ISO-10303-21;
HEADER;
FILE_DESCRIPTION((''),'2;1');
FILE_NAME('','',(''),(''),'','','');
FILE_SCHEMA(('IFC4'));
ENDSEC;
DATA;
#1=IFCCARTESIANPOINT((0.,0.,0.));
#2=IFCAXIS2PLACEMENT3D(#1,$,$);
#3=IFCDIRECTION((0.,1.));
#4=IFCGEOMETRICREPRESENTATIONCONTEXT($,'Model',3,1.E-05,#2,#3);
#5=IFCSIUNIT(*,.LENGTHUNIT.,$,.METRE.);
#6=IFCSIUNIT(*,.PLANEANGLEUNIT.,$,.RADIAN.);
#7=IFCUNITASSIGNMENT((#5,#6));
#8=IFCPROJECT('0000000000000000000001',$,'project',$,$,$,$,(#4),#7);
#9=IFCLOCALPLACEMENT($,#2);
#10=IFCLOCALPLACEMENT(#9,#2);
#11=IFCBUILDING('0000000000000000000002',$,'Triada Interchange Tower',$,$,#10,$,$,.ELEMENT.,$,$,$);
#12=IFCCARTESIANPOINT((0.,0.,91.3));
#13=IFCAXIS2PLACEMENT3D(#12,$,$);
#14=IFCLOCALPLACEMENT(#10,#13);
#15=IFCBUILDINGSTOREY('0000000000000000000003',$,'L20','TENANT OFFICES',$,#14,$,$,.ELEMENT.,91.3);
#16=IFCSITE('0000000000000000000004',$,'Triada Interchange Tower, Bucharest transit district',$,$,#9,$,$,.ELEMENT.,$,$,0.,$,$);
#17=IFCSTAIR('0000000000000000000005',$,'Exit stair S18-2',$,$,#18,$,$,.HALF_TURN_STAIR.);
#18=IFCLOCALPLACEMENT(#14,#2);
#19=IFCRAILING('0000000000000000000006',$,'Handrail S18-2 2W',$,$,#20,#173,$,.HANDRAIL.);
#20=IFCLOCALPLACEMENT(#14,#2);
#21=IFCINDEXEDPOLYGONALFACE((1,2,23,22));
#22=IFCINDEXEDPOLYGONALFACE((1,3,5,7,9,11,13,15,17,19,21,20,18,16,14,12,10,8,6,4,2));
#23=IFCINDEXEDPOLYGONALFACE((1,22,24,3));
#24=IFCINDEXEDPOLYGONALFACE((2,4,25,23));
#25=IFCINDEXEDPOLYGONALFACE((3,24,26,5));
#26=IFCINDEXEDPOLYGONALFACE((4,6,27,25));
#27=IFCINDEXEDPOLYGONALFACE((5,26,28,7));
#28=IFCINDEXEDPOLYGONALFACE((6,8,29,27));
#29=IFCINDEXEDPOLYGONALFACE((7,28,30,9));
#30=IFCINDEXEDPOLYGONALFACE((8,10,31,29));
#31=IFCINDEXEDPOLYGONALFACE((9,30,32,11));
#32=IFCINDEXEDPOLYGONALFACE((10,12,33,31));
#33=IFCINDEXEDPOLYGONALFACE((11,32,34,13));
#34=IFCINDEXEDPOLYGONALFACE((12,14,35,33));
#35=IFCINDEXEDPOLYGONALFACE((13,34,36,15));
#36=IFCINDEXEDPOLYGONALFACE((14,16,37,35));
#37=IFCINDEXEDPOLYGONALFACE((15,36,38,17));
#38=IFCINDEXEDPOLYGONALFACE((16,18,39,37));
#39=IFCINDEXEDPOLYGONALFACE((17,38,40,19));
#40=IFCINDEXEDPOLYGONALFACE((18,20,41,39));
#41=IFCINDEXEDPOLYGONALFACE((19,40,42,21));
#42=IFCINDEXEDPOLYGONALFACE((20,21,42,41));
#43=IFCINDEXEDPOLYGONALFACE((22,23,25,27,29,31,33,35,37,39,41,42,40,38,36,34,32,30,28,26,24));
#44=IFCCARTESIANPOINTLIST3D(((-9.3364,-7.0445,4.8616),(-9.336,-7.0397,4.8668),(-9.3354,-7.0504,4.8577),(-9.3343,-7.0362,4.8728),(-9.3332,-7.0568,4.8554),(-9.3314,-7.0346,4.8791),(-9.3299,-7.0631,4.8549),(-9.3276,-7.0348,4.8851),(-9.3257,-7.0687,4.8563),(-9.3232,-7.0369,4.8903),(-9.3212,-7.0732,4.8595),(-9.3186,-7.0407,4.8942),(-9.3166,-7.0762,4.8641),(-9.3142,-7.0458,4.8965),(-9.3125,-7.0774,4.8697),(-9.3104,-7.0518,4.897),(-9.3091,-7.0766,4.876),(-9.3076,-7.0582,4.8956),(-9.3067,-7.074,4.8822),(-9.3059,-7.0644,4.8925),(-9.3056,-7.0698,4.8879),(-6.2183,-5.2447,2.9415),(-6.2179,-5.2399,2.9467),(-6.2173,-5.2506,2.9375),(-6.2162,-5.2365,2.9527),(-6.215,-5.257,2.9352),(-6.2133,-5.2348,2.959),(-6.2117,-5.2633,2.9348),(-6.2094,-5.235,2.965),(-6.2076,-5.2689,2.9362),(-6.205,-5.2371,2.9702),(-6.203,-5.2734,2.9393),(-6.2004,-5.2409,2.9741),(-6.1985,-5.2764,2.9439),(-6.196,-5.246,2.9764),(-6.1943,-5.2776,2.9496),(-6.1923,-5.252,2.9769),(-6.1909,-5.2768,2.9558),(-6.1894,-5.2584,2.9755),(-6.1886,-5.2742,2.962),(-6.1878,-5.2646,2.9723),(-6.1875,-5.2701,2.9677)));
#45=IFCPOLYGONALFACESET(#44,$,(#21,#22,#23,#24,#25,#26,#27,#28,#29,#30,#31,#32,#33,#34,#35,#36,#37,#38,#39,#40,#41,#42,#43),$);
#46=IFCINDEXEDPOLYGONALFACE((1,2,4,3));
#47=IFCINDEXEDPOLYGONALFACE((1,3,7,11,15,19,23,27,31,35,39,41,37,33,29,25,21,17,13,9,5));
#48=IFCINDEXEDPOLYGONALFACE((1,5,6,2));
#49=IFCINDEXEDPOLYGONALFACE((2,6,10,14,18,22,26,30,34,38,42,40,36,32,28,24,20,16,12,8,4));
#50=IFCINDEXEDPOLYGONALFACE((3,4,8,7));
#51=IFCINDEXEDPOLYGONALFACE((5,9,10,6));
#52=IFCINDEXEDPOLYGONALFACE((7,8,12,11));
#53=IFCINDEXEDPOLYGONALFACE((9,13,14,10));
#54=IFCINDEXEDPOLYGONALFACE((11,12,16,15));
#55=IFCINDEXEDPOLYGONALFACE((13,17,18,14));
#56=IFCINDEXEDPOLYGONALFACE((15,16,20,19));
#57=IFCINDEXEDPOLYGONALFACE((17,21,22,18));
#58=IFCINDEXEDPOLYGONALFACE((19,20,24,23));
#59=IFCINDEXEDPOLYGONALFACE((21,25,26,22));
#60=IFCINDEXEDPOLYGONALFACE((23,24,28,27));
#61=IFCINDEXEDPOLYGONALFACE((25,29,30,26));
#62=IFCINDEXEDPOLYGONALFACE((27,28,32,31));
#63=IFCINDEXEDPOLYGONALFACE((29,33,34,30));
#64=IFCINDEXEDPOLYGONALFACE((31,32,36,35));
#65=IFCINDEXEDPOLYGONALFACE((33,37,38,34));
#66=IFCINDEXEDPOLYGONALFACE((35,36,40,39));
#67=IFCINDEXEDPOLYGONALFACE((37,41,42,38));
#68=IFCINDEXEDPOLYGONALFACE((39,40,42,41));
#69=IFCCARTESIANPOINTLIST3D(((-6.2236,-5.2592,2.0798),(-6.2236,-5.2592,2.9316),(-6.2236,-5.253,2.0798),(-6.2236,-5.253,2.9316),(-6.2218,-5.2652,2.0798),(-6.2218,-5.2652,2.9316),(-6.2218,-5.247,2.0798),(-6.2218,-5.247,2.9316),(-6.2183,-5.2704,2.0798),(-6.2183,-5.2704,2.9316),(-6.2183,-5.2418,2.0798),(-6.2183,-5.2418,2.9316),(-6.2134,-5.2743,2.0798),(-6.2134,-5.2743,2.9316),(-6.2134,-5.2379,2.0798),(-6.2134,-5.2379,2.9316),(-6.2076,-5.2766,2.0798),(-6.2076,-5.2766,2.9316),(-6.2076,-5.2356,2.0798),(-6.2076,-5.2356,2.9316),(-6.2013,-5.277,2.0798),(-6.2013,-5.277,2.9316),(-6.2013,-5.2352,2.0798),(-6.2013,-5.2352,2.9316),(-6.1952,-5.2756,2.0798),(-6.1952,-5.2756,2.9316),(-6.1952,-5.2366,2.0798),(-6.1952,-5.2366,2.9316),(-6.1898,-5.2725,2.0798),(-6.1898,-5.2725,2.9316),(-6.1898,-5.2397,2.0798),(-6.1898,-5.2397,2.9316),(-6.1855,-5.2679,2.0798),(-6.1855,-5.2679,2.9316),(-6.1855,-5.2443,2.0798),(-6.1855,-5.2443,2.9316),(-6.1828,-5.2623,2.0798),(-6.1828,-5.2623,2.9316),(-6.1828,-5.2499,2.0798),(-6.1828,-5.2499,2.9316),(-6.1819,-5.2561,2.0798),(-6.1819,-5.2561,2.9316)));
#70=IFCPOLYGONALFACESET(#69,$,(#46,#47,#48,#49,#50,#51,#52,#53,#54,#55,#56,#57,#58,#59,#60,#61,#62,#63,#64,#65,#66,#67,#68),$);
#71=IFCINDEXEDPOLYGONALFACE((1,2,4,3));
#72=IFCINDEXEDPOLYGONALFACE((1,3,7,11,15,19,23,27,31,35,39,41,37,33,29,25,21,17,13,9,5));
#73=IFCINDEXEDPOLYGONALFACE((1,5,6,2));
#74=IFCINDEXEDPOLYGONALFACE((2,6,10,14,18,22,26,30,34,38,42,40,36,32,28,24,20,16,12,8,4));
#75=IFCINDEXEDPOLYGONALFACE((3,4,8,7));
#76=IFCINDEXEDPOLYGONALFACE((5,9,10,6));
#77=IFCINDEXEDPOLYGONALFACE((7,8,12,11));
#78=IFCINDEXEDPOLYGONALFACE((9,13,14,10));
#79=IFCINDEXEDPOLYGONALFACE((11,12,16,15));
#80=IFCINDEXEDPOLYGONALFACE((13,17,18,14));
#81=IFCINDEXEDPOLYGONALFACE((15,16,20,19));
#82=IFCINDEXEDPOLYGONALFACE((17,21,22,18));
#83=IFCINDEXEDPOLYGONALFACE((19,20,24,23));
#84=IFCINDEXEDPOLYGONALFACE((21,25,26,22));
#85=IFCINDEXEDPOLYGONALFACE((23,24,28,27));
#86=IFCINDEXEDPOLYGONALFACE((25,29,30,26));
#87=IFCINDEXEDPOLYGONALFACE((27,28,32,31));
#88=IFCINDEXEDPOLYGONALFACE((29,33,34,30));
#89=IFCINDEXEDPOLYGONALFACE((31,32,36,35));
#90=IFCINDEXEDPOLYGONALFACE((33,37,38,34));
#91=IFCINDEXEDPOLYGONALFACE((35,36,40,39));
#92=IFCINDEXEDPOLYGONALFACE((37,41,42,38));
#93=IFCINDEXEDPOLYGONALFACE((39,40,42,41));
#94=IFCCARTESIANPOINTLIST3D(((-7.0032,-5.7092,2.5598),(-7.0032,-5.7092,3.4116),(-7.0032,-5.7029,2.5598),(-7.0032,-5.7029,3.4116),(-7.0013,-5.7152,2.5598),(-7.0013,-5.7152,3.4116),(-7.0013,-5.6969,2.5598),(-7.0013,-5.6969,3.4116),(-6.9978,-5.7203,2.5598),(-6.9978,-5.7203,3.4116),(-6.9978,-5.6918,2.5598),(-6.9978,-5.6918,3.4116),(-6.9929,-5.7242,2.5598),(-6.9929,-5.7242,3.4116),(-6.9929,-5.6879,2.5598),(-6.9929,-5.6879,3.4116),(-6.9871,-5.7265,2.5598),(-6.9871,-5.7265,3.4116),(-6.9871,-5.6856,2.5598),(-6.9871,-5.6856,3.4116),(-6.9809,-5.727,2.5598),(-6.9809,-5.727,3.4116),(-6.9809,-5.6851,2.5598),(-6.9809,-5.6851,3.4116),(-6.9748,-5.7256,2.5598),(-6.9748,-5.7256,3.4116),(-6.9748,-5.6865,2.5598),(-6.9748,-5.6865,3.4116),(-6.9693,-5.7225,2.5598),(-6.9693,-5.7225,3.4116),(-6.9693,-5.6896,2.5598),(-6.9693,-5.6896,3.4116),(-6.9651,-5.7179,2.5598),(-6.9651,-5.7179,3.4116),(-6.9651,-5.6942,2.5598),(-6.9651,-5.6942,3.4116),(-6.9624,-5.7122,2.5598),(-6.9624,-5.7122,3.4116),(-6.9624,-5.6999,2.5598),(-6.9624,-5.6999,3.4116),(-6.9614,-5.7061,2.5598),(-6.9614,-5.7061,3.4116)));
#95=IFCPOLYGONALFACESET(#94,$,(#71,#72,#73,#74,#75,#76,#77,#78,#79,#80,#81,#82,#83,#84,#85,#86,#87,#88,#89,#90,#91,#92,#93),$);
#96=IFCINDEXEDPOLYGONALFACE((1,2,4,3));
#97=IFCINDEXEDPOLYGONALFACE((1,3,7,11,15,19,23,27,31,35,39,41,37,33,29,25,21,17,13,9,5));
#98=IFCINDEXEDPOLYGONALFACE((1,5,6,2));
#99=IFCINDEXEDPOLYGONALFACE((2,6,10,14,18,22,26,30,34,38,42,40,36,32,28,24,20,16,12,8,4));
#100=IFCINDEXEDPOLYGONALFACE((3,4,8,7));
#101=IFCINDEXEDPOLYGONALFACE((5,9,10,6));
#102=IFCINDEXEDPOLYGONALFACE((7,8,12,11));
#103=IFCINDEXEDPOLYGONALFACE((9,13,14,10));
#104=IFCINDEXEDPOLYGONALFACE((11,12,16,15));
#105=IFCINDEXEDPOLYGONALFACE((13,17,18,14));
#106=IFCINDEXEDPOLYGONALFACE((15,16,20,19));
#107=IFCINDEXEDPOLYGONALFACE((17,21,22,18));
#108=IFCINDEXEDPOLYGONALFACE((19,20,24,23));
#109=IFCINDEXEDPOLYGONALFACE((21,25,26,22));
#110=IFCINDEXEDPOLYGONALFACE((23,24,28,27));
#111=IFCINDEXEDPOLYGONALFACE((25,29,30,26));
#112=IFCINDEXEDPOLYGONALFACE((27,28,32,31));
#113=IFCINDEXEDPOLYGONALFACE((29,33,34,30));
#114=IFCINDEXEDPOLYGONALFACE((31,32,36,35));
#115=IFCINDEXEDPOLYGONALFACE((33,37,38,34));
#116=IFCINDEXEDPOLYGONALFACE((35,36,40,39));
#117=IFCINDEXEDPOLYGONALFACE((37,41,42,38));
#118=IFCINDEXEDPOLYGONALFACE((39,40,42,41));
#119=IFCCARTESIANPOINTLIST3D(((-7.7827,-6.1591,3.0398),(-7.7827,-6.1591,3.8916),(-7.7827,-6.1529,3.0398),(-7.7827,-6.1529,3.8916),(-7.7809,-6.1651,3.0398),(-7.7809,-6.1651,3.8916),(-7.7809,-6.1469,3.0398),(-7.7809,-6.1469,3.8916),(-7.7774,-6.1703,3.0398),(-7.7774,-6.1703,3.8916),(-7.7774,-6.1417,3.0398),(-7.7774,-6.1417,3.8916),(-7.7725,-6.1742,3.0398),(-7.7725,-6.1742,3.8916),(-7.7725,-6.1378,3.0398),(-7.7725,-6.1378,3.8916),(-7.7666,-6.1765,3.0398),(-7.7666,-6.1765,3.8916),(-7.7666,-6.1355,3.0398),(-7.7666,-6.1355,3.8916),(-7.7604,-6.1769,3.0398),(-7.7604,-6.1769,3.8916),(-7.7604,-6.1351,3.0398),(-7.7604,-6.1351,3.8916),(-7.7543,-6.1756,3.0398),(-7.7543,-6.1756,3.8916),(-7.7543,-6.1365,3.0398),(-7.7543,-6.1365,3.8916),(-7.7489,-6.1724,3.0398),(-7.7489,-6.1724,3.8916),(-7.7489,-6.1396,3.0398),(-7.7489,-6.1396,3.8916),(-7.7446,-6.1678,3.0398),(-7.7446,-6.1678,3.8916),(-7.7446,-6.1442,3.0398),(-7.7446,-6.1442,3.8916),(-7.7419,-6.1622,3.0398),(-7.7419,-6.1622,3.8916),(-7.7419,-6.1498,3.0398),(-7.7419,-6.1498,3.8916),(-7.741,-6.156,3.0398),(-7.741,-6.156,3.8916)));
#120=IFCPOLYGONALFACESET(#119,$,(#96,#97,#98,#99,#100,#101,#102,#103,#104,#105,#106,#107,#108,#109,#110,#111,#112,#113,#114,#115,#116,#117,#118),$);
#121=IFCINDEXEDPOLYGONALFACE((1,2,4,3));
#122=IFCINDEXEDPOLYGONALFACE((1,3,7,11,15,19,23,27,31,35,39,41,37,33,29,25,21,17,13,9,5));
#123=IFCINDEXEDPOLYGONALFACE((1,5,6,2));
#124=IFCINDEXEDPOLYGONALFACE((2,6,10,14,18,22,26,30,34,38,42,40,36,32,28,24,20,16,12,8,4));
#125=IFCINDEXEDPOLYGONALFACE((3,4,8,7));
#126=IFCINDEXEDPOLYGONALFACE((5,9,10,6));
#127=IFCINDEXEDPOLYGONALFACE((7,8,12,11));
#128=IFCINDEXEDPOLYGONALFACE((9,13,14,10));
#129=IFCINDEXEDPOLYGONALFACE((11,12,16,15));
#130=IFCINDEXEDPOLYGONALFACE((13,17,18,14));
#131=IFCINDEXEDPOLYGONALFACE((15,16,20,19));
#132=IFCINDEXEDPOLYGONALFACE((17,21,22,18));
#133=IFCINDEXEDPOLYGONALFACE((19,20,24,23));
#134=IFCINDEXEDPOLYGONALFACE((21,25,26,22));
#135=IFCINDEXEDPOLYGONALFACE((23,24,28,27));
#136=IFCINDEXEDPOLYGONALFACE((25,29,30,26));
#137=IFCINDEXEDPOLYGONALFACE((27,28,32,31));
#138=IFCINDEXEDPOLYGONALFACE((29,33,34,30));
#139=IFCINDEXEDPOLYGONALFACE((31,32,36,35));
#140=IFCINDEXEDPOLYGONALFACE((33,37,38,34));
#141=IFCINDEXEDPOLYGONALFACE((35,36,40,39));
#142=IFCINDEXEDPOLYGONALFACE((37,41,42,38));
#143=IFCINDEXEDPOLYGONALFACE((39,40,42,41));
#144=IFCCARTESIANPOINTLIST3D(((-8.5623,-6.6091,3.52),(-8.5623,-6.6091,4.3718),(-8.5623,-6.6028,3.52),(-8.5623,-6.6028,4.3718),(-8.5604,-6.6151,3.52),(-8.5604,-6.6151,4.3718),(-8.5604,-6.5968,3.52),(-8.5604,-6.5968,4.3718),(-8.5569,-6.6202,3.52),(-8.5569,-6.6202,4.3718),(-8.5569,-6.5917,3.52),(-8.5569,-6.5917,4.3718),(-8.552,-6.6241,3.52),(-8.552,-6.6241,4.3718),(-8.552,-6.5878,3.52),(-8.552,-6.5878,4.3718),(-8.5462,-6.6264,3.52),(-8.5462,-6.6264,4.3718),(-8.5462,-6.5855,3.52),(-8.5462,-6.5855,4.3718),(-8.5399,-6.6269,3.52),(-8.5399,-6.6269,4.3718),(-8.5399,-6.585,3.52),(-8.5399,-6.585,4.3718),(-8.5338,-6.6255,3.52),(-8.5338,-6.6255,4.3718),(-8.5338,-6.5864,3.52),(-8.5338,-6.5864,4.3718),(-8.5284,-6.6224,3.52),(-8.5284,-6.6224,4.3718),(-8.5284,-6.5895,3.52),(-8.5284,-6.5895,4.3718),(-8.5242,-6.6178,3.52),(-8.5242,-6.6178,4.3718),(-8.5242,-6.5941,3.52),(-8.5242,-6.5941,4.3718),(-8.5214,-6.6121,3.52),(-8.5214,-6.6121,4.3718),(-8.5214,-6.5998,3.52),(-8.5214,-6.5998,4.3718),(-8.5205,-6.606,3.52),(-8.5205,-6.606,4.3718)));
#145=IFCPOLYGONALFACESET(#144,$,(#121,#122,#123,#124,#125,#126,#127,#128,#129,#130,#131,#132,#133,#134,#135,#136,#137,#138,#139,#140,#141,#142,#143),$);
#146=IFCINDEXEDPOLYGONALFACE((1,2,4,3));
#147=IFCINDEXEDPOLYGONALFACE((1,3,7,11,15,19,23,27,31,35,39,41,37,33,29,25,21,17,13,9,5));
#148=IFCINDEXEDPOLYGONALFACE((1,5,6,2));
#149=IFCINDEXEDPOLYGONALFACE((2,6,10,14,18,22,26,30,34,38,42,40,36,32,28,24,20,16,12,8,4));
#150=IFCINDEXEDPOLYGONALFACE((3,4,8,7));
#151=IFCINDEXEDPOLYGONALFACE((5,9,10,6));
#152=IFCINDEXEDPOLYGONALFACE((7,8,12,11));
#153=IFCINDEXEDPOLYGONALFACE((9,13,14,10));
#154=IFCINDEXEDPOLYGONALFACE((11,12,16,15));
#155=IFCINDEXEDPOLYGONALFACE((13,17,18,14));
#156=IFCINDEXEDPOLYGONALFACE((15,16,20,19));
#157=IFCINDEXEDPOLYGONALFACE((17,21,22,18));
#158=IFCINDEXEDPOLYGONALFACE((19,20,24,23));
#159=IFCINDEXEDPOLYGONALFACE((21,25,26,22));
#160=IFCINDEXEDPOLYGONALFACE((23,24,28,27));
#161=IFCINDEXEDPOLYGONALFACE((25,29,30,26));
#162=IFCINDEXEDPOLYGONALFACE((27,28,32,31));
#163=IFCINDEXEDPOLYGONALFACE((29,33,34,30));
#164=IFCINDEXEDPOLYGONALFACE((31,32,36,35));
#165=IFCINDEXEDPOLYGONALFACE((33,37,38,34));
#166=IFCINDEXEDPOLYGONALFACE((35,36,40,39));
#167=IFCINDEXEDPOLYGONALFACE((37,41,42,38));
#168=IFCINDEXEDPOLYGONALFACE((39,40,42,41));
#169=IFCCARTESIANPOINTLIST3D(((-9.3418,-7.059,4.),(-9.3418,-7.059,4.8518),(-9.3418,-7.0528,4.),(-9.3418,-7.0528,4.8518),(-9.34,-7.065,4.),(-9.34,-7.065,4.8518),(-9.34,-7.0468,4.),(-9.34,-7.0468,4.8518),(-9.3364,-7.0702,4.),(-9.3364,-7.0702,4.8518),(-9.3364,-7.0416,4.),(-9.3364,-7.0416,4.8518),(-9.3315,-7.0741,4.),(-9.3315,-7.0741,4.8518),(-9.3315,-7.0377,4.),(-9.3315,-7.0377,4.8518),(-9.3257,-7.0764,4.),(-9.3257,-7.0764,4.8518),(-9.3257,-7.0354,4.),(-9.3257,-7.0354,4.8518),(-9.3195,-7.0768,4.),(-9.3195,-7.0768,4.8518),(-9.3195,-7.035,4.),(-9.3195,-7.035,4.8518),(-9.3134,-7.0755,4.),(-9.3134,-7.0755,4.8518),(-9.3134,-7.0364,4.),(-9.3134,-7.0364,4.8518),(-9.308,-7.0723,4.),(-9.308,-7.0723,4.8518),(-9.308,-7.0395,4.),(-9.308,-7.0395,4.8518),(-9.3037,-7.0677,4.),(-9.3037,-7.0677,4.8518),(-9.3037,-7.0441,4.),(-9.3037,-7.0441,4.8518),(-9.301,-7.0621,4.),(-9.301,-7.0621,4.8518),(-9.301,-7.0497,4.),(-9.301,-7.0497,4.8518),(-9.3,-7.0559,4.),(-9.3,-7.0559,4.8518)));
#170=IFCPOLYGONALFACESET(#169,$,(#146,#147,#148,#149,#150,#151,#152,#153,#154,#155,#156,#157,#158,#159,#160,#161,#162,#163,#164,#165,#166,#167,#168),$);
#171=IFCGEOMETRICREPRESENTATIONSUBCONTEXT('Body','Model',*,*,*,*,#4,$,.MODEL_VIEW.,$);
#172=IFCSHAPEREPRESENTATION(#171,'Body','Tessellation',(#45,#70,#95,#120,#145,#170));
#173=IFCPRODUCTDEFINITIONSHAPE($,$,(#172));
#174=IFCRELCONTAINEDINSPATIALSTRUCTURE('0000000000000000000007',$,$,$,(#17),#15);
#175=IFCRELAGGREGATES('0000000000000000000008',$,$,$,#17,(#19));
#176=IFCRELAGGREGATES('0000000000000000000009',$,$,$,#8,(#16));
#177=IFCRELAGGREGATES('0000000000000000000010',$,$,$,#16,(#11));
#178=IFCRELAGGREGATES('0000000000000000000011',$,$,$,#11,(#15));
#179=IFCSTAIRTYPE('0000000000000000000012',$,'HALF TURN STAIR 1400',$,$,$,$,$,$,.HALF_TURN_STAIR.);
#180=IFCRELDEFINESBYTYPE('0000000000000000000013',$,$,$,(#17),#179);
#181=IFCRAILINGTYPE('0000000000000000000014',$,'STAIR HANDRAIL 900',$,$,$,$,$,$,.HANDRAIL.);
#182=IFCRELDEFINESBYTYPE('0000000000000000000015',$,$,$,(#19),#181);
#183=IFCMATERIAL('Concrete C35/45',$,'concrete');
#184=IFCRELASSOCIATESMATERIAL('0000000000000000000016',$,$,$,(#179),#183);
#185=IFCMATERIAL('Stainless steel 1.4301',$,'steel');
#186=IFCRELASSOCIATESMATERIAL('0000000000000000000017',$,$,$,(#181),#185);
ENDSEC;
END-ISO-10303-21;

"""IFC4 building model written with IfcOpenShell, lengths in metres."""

from ifc_helpers import new_model, si_unit, direction, frame, origin, origin_2d, place, context, subcontext, project, spatial, circle, extrude, material, type_object, element, aggregate, save


model = new_model("IFC4")

# Units and contexts
model_context = context("Model", 3, precision=1e-05, world=origin(), true_north=direction((0.0, 1.0)))
body_context = subcontext(model_context, "Body", "Model", "MODEL_VIEW")
ifc_project = project(units=[si_unit("LENGTHUNIT", "METRE"), si_unit("PLANEANGLEUNIT", "RADIAN")], contexts=[model_context])

# Site, building, storey
site_placement = place(None, origin())
site = spatial("IfcSite", under=ifc_project, at=site_placement, Name="Triada Interchange Tower, Bucharest transit district", CompositionType="ELEMENT", RefElevation=0.0)
building_placement = place(site_placement, origin())
building = spatial("IfcBuilding", under=site, at=building_placement, Name="Triada Interchange Tower", CompositionType="ELEMENT")
storey_placement = place(building_placement, frame((0.0, 0.0, 91.3)))
storey = spatial("IfcBuildingStorey", under=building, at=storey_placement, Name="L20", Description="TENANT OFFICES", CompositionType="ELEMENT", Elevation=91.3)

# Stair
ifc_material_1 = material(Name="Concrete C35/45", Category="concrete")
stair_type = type_object("IfcStairType", Name="HALF TURN STAIR 1400", PredefinedType="HALF_TURN_STAIR", material=ifc_material_1)
stair_placement = place(storey_placement, origin())
stair = element("IfcStair", 1, at=stair_placement, inside=storey, type_object=stair_type, Name="Exit stair S18-2", PredefinedType="HALF_TURN_STAIR")

# Railing
ifc_material_2 = material(Name="Stainless steel 1.4301", Category="steel")
railing_type = type_object("IfcRailingType", Name="STAIR HANDRAIL 900", PredefinedType="HANDRAIL", material=ifc_material_2)
railing_1_placement = place(storey_placement, frame((-6.2029, -5.2561, 2.0798)))
railing_1 = element("IfcRailing", 2, at=railing_1_placement, type_object=railing_type, Name="Handrail S18-2 2W", PredefinedType="HANDRAIL", context=body_context, shape_type="SweptSolid", body=[
    extrude(circle(Radius=0.0239, at=origin_2d()), frame((0.0, 0.0, 0.876), z_axis=(-0.76419, -0.44109, 0.470588), x_axis=(0.499902, -0.866082, 0.0)), (0.0, 0.0, 1.0), 4.0803),
    extrude(circle(Radius=0.021, at=origin_2d()), origin(), (0.0, 0.0, 1.0), 0.8518),
    extrude(circle(Radius=0.021, at=origin_2d()), frame((-0.7795, -0.45, 0.48)), (0.0, 0.0, 1.0), 0.8518),
    extrude(circle(Radius=0.021, at=origin_2d()), frame((-1.5591, -0.8999, 0.96)), (0.0, 0.0, 1.0), 0.8518),
    extrude(circle(Radius=0.021, at=origin_2d()), frame((-2.3386, -1.3499, 1.4402)), (0.0, 0.0, 1.0), 0.8518),
    extrude(circle(Radius=0.021, at=origin_2d()), frame((-3.1182, -1.7998, 1.9202)), (0.0, 0.0, 1.0), 0.8518),
])
aggregate(stair, [railing_1])

save(model, "model.ifc")
